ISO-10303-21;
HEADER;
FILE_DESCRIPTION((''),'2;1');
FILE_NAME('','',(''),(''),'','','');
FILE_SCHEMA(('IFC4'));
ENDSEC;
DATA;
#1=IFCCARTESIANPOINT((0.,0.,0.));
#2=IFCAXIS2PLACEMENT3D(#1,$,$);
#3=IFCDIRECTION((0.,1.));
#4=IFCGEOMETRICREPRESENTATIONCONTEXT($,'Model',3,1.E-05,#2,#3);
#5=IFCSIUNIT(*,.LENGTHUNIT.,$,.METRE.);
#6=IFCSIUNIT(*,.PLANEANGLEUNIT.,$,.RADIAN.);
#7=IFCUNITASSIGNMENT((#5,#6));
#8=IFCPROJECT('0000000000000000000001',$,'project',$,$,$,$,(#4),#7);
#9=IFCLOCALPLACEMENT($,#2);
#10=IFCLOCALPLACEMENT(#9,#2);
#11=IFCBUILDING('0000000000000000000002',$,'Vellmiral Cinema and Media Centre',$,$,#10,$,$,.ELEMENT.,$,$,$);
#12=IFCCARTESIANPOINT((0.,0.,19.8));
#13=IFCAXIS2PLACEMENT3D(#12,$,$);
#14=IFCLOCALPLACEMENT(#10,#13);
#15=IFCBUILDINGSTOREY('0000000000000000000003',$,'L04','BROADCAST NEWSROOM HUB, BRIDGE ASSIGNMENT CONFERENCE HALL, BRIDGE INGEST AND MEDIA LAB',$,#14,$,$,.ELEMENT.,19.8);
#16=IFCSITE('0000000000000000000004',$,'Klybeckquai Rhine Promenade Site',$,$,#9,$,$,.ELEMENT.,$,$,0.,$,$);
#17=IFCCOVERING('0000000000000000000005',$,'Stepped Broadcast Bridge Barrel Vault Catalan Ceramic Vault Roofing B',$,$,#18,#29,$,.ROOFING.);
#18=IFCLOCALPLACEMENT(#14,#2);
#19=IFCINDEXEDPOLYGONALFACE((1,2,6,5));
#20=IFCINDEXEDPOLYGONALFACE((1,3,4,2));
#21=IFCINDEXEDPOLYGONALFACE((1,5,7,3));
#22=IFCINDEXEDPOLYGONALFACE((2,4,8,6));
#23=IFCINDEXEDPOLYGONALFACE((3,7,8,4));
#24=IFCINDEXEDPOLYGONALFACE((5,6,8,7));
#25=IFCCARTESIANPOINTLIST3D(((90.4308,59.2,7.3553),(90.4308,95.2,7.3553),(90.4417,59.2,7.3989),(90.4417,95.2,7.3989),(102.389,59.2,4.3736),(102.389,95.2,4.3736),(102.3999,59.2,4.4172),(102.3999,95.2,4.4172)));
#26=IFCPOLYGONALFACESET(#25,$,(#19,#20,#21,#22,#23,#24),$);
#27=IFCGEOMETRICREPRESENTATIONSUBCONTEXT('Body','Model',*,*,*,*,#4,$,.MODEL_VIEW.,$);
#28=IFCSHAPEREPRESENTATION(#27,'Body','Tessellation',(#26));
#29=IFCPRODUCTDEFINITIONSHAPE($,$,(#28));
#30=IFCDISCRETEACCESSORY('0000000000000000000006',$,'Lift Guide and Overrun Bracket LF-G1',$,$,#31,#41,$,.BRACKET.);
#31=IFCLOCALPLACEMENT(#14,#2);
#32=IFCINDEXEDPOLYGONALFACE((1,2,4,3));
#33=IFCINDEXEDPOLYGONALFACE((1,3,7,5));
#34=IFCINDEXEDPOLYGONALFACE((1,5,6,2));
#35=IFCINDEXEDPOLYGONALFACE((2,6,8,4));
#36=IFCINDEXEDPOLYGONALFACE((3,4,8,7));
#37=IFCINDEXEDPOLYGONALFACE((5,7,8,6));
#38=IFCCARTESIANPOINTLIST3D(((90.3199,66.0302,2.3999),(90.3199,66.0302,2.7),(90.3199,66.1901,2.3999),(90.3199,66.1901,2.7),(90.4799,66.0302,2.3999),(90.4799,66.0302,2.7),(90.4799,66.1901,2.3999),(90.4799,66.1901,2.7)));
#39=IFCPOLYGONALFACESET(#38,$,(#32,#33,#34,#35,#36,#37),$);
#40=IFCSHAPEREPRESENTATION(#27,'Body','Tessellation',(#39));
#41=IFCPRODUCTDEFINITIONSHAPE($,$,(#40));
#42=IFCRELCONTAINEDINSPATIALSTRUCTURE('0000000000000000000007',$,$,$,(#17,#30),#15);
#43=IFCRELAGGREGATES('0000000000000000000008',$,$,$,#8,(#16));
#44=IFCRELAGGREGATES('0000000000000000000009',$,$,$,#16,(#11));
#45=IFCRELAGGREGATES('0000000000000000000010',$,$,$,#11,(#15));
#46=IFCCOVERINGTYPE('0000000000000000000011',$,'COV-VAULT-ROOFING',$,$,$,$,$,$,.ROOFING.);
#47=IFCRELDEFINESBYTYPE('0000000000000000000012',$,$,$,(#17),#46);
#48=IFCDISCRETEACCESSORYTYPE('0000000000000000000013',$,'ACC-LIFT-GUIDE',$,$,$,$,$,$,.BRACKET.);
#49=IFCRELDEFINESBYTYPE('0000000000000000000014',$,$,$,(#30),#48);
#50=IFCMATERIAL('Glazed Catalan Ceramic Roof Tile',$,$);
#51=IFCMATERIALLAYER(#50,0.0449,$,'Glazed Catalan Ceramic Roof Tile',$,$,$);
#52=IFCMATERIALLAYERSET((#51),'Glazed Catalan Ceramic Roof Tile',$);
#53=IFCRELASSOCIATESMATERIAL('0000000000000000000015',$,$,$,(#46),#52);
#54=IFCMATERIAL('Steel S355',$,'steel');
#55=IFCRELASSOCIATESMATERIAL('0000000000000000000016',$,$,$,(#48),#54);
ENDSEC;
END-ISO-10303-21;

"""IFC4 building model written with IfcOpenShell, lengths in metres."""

from ifc_helpers import new_model, si_unit, direction, frame, origin, origin_2d, place, context, subcontext, project, spatial, polyline, rectangle, outline, extrude, material, layer, layer_set, type_object, element, save


model = new_model("IFC4")

# Units and contexts
model_context = context("Model", 3, precision=1e-05, world=origin(), true_north=direction((0.0, 1.0)))
body_context = subcontext(model_context, "Body", "Model", "MODEL_VIEW")
ifc_project = project(units=[si_unit("LENGTHUNIT", "METRE"), si_unit("PLANEANGLEUNIT", "RADIAN")], contexts=[model_context])

# Site, building, storey
site_placement = place(None, origin())
site = spatial("IfcSite", under=ifc_project, at=site_placement, Name="Klybeckquai Rhine Promenade Site", CompositionType="ELEMENT", RefElevation=0.0)
building_placement = place(site_placement, origin())
building = spatial("IfcBuilding", under=site, at=building_placement, Name="Vellmiral Cinema and Media Centre", CompositionType="ELEMENT")
storey_placement = place(building_placement, frame((0.0, 0.0, 19.8)))
storey = spatial("IfcBuildingStorey", under=building, at=storey_placement, Name="L04", Description="BROADCAST NEWSROOM HUB, BRIDGE ASSIGNMENT CONFERENCE HALL, BRIDGE INGEST AND MEDIA LAB", CompositionType="ELEMENT", Elevation=19.8)

# Covering
ifc_material_1 = material(Name="Glazed Catalan Ceramic Roof Tile")
ifc_layer_1 = layer(ifc_material_1, 0.0449, Name="Glazed Catalan Ceramic Roof Tile")
ifc_layer_set_1 = layer_set([ifc_layer_1], Name="Glazed Catalan Ceramic Roof Tile")
covering_type = type_object("IfcCoveringType", Name="COV-VAULT-ROOFING", PredefinedType="ROOFING", material=ifc_layer_set_1)
covering_placement = place(storey_placement, frame((90.4417, 59.2, 7.3989), z_axis=(0.241934, 0.0, 0.970293), x_axis=(0.970293, 0.0, -0.241934)))
element("IfcCovering", 1, at=covering_placement, inside=storey, type_object=covering_type, Name="Stepped Broadcast Bridge Barrel Vault Catalan Ceramic Vault Roofing B", PredefinedType="ROOFING", context=body_context, shape_type="SweptSolid", body=[
    extrude(outline(polyline([(0.0, 0.0), (12.3244, 0.0), (12.3244, 36.0), (0.0, 36.0), (0.0, 0.0)])), origin(), (0.0, 0.0, -1.0), 0.0449),
])

# Discrete accessory
ifc_material_2 = material(Name="Steel S355", Category="steel")
discrete_accessory_type = type_object("IfcDiscreteAccessoryType", Name="ACC-LIFT-GUIDE", PredefinedType="BRACKET", material=ifc_material_2)
discrete_accessory_placement = place(storey_placement, frame((90.3999, 66.1101, 2.3999), z_axis=(0.0, 0.0, 1.0), x_axis=(1.0, 0.0, 0.0)))
element("IfcDiscreteAccessory", 2, at=discrete_accessory_placement, inside=storey, type_object=discrete_accessory_type, Name="Lift Guide and Overrun Bracket LF-G1", PredefinedType="BRACKET", context=body_context, shape_type="SweptSolid", body=[
    extrude(rectangle(XDim=0.1599, YDim=0.1599, at=origin_2d()), origin(), (0.0, 0.0, 1.0), 0.3),
])

save(model, "model.ifc")
